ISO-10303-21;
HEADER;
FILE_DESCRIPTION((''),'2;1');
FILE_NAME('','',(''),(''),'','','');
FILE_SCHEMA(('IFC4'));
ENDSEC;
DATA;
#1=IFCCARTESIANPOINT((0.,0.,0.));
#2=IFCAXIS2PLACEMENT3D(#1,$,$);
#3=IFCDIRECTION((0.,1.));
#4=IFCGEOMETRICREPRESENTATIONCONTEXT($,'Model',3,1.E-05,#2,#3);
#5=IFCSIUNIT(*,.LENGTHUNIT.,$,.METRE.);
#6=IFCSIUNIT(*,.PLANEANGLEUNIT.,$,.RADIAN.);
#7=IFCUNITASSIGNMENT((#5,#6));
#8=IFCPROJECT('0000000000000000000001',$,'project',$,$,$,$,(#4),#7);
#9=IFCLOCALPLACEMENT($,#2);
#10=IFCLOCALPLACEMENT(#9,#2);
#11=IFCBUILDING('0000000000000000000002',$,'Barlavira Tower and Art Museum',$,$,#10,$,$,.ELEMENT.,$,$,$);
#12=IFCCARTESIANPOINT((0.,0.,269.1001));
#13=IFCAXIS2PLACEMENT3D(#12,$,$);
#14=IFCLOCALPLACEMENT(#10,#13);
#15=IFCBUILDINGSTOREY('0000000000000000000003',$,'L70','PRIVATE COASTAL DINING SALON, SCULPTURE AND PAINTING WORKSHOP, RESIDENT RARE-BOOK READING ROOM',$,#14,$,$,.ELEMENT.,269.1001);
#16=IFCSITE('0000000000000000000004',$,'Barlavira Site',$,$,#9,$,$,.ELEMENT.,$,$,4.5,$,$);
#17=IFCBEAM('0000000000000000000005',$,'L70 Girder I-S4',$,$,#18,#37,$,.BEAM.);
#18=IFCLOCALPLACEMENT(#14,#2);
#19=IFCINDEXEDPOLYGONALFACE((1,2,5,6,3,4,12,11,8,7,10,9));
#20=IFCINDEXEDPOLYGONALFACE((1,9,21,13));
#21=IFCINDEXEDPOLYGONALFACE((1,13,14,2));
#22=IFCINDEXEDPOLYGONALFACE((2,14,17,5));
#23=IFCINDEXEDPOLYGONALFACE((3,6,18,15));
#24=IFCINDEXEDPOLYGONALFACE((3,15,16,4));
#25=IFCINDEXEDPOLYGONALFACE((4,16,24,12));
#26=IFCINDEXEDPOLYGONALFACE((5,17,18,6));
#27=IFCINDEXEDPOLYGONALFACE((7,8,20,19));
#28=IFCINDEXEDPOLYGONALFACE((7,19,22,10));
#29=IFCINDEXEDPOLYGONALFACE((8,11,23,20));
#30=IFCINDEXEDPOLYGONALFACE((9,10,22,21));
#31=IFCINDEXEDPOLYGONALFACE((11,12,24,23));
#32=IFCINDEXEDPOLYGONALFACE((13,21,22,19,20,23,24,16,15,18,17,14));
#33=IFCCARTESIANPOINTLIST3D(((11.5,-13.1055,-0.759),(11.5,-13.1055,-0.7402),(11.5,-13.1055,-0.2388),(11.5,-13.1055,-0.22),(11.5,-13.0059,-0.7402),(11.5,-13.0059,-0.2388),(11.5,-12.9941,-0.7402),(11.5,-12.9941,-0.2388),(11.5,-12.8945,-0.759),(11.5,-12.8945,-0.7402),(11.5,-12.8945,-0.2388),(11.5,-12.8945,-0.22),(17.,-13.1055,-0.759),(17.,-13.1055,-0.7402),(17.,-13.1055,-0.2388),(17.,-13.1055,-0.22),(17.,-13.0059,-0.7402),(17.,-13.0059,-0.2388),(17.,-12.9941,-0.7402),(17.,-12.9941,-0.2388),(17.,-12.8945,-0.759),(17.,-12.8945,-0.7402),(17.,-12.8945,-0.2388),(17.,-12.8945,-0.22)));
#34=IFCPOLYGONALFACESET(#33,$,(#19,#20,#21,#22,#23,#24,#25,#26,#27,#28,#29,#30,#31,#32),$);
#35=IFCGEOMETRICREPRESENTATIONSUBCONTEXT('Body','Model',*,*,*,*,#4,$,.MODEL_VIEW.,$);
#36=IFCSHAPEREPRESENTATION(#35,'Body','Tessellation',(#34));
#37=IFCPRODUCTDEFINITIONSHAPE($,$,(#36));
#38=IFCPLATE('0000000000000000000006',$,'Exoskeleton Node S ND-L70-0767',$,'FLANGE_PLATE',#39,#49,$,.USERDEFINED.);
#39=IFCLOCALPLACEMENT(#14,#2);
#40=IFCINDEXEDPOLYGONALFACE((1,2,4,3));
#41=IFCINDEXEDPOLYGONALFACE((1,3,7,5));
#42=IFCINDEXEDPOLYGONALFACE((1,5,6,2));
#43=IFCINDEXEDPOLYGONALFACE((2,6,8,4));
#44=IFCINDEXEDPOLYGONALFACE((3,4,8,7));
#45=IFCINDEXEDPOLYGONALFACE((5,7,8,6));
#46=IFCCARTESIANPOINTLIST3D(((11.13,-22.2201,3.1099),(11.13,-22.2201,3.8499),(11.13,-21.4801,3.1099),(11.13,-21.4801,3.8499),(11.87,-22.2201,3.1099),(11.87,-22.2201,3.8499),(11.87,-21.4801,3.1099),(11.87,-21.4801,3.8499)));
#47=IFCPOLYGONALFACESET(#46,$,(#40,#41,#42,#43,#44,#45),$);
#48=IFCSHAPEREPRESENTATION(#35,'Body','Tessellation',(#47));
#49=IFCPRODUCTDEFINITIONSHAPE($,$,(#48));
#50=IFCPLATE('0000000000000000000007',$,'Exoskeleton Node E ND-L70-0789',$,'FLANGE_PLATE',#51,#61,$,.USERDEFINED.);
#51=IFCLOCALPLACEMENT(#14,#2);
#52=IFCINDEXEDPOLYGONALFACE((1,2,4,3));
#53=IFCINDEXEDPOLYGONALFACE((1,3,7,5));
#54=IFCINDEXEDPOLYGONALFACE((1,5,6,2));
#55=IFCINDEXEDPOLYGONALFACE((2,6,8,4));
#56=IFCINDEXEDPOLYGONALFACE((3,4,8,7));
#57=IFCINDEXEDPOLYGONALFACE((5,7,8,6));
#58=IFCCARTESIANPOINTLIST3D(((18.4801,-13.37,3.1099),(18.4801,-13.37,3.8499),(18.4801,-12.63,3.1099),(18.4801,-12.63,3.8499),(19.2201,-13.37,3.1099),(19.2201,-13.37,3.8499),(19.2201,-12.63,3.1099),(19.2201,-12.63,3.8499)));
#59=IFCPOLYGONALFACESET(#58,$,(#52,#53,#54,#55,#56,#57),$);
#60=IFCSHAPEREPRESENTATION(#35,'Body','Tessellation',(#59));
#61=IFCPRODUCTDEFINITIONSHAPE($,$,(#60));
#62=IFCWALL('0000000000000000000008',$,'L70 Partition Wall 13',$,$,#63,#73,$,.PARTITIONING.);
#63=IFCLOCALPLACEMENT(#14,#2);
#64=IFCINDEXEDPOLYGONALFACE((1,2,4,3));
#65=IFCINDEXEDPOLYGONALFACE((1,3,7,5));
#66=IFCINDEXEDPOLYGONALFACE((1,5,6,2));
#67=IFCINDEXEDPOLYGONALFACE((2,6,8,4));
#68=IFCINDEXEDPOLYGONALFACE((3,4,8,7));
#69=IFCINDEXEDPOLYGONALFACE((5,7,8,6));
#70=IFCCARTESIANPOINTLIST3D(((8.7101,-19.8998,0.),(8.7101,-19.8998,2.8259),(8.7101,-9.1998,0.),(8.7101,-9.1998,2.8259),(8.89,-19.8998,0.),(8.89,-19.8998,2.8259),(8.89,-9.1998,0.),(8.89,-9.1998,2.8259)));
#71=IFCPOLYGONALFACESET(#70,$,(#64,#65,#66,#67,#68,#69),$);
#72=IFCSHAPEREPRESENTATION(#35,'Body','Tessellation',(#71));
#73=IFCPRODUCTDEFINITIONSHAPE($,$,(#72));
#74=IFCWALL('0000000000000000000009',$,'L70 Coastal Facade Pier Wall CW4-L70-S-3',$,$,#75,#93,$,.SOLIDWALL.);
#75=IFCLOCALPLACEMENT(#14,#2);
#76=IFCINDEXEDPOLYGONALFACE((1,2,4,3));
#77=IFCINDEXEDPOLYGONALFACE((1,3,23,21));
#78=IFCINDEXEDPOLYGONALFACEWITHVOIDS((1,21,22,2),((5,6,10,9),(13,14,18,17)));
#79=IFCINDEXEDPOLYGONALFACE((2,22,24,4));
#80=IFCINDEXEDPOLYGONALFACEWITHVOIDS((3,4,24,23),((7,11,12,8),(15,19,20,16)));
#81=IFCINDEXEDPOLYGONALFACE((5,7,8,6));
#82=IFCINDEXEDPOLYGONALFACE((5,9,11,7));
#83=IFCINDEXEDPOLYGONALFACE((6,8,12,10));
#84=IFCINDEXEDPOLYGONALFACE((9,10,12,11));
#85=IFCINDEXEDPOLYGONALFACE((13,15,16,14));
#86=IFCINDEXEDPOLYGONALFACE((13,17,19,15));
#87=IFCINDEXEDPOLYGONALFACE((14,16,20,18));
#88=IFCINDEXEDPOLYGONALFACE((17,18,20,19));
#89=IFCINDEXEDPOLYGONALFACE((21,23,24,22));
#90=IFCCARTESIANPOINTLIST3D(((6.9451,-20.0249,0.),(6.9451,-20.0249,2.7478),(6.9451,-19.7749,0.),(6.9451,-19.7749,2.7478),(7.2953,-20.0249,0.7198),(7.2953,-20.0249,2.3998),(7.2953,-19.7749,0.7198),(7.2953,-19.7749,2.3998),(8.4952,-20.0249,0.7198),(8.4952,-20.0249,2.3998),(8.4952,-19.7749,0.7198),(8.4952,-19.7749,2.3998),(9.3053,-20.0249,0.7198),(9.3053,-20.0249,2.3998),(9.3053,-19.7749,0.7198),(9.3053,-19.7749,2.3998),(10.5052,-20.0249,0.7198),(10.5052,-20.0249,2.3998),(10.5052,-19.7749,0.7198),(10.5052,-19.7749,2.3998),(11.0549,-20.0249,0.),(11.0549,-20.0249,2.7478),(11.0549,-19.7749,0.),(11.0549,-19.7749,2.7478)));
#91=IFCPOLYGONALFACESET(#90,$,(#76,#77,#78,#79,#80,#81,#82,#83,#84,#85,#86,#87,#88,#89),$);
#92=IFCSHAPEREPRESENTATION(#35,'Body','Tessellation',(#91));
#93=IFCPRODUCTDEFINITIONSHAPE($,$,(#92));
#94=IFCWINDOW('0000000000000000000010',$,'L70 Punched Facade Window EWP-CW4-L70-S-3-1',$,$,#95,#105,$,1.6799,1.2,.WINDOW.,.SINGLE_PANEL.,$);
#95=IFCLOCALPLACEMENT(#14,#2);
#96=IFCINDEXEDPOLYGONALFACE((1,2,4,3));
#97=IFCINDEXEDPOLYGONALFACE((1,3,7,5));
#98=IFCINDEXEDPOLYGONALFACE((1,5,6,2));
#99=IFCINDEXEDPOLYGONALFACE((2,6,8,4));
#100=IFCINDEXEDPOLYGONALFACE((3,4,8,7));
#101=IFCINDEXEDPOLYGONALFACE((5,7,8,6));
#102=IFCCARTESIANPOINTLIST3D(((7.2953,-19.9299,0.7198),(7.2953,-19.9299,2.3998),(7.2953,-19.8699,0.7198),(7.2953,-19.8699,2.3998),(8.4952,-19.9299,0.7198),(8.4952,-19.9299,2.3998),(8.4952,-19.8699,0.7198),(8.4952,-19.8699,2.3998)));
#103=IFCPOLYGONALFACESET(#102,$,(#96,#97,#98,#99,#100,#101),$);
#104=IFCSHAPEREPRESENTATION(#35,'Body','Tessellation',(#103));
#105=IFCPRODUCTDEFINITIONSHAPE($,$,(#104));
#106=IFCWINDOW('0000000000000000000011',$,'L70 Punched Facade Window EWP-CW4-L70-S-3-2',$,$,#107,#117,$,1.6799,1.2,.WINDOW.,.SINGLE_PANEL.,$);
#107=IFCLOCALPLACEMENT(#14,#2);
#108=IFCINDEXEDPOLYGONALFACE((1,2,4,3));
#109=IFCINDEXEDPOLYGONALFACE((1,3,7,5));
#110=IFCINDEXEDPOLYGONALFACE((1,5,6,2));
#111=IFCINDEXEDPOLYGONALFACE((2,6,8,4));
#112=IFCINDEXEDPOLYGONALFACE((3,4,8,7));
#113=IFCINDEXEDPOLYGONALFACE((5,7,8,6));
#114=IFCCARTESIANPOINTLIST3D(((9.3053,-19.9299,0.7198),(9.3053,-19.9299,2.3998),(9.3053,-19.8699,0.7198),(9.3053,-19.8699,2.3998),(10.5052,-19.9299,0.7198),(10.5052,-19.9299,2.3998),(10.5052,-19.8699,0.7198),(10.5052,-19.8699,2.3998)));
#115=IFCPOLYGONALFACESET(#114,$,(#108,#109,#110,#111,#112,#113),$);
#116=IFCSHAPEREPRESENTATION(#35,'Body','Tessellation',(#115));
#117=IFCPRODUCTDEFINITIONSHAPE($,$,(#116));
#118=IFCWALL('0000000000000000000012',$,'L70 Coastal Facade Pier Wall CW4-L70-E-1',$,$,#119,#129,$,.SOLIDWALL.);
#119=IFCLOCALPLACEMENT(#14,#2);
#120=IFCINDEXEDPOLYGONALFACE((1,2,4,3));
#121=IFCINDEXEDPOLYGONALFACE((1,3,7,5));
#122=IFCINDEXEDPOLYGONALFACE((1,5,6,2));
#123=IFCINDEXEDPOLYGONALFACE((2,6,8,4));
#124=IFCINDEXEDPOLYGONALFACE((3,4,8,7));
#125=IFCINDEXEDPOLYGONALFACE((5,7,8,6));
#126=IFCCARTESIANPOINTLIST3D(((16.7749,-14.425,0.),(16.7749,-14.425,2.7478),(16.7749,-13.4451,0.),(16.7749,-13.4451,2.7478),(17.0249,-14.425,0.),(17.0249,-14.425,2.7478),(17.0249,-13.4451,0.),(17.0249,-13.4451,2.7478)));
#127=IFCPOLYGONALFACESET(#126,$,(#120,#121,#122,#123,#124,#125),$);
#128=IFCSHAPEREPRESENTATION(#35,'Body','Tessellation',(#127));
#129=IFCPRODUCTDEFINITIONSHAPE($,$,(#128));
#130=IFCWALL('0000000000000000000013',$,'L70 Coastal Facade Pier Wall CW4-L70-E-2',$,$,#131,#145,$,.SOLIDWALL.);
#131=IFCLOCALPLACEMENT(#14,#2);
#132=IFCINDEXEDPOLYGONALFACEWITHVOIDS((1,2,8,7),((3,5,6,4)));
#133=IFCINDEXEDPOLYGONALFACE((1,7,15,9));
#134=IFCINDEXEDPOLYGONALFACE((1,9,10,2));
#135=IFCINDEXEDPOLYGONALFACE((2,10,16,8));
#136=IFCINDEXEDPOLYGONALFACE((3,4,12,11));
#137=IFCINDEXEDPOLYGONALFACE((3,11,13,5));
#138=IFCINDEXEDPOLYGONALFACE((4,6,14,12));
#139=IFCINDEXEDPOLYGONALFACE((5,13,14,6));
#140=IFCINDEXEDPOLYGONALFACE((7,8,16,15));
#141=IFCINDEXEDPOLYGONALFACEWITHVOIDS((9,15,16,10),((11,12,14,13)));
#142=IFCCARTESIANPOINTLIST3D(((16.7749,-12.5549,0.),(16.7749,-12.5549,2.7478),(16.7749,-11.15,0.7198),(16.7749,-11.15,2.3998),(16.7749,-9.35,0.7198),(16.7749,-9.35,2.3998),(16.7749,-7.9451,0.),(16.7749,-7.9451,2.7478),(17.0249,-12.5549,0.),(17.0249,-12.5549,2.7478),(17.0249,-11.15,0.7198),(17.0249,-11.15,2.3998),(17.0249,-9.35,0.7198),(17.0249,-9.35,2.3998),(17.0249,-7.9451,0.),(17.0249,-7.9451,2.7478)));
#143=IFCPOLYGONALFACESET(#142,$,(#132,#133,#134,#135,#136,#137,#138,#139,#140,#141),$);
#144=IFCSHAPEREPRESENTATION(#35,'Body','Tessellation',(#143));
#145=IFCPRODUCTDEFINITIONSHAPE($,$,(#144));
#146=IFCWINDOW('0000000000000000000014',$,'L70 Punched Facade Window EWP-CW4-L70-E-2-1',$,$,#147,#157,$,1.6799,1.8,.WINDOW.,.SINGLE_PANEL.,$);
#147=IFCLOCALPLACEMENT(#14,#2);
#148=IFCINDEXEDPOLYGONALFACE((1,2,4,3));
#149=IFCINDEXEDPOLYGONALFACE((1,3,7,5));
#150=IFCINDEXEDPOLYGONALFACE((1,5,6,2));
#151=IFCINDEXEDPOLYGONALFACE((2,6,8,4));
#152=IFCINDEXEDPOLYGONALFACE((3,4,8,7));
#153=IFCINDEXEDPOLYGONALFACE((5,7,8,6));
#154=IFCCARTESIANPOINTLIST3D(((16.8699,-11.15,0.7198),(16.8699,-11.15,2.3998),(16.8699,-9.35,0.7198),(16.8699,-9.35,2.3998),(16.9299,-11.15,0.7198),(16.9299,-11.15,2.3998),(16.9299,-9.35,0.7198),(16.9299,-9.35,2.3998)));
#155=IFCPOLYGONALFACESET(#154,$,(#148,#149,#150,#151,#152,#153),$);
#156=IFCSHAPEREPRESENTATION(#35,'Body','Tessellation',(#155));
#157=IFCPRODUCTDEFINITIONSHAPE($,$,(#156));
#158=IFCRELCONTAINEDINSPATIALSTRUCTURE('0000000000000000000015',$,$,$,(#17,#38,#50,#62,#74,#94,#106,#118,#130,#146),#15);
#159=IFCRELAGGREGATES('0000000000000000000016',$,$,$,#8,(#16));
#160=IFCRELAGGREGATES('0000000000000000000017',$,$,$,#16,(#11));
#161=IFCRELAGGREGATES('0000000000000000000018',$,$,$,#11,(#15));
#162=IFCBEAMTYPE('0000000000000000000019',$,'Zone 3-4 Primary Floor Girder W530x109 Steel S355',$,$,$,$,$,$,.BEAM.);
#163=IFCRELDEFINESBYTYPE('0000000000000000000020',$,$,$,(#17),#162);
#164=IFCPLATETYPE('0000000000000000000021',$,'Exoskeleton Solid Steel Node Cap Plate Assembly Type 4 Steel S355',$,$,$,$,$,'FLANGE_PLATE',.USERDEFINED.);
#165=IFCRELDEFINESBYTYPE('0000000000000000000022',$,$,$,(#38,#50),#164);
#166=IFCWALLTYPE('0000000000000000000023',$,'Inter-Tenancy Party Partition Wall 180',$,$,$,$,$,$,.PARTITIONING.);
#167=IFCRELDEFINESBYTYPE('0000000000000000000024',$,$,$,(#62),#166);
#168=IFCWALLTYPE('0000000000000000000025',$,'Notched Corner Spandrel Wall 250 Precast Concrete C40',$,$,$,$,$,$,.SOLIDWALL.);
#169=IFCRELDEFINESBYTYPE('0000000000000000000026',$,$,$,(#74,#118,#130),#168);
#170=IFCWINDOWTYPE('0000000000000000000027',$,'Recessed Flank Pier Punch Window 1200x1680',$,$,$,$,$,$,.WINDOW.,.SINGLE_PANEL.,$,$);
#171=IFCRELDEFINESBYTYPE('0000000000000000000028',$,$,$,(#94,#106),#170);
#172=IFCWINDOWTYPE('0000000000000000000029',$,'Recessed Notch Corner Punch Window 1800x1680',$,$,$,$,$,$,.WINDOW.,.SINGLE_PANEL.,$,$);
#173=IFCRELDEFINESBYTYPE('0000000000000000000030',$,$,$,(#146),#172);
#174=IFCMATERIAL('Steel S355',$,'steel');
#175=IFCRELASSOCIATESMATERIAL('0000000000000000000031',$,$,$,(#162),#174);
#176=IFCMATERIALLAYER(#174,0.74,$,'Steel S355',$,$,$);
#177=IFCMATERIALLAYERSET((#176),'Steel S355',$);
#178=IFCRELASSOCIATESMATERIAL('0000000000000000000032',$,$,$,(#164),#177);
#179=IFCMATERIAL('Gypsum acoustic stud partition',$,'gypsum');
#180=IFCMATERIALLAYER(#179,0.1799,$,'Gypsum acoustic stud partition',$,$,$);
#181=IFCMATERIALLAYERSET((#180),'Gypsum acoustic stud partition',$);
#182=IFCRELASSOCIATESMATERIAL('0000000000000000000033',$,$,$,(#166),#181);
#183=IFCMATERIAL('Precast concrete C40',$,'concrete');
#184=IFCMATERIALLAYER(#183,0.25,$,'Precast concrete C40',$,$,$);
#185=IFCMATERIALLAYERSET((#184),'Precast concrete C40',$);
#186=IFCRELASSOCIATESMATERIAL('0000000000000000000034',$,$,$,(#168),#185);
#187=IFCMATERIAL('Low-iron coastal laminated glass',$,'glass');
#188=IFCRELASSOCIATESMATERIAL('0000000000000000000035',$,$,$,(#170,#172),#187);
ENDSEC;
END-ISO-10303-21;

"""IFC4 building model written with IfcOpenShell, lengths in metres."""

from ifc_helpers import new_model, si_unit, direction, frame, frame_2d, origin, origin_2d, place, context, subcontext, project, spatial, rectangle, i_section, extrude, material, layer, layer_set, material_profile, profile_set, type_object, element, fill, save


model = new_model("IFC4")

# Units and contexts
model_context = context("Model", 3, precision=1e-05, world=origin(), true_north=direction((0.0, 1.0)))
body_context = subcontext(model_context, "Body", "Model", "MODEL_VIEW")
ifc_project = project(units=[si_unit("LENGTHUNIT", "METRE"), si_unit("PLANEANGLEUNIT", "RADIAN")], contexts=[model_context])

# Site, building, storey
site_placement = place(None, origin())
site = spatial("IfcSite", under=ifc_project, at=site_placement, Name="Barlavira Site", CompositionType="ELEMENT", RefElevation=4.5)
building_placement = place(site_placement, origin())
building = spatial("IfcBuilding", under=site, at=building_placement, Name="Barlavira Tower and Art Museum", CompositionType="ELEMENT")
storey_placement = place(building_placement, frame((0.0, 0.0, 269.1001)))
storey = spatial("IfcBuildingStorey", under=building, at=storey_placement, Name="L70", Description="PRIVATE COASTAL DINING SALON, SCULPTURE AND PAINTING WORKSHOP, RESIDENT RARE-BOOK READING ROOM", CompositionType="ELEMENT", Elevation=269.1001)

# Shared definitions
ifc_material_1 = material(Name="Steel S355", Category="steel")

# Beam
ifc_material_profile_1 = material_profile(ifc_material_1, i_section(OverallWidth=0.2109, OverallDepth=0.5391, WebThickness=0.0117, FlangeThickness=0.0188, at=origin_2d()), Name="W530x109.0")
ifc_profile_set_1 = profile_set([ifc_material_profile_1], Name="Steel S355")
beam_type_1 = type_object("IfcBeamType", Name="Zone 3-4 Primary Floor Girder W530x109 Steel S355", PredefinedType="BEAM", material=ifc_profile_set_1)
beam_1_placement = place(storey_placement, frame((11.5, -13.0, -0.4895), z_axis=(1.0, 0.0, 0.0), x_axis=(0.0, 1.0, 0.0)))
element("IfcBeam", 1, at=beam_1_placement, inside=storey, type_object=beam_type_1, Name="L70 Girder I-S4", PredefinedType="BEAM", context=body_context, shape_type="SweptSolid", body=[
    extrude(i_section(OverallWidth=0.2109, OverallDepth=0.5391, WebThickness=0.0117, FlangeThickness=0.0188, at=origin_2d()), origin(), (0.0, 0.0, 1.0), 5.5),
])

# Plates
ifc_layer_1 = layer(ifc_material_1, 0.74, Name="Steel S355")
ifc_layer_set_1 = layer_set([ifc_layer_1], Name="Steel S355")
plate_type = type_object("IfcPlateType", Name="Exoskeleton Solid Steel Node Cap Plate Assembly Type 4 Steel S355", ElementType="FLANGE_PLATE", PredefinedType="USERDEFINED", material=ifc_layer_set_1)
for number, where, z_axis, x_axis, name in (
    (2, (11.5, -21.8501, 3.1099), (0.0, 0.0, 1.0), (1.0, 0.0, 0.0), "Exoskeleton Node S ND-L70-0767"),
    (3, (18.8501, -13.0, 3.1099), (0.0, 0.0, 1.0), (1.0, 0.0, 0.0), "Exoskeleton Node E ND-L70-0789"),
):
    element("IfcPlate", number, at=place(storey_placement, frame(where, z_axis=z_axis, x_axis=x_axis)), inside=storey, type_object=plate_type, Name=name, ObjectType="FLANGE_PLATE", PredefinedType="USERDEFINED", context=body_context, shape_type="SweptSolid", body=[
        extrude(rectangle(XDim=0.74, YDim=0.74, at=origin_2d()), origin(), (0.0, 0.0, 1.0), 0.74),
    ])

# Wall
ifc_material_2 = material(Name="Gypsum acoustic stud partition", Category="gypsum")
ifc_layer_2 = layer(ifc_material_2, 0.1799, Name="Gypsum acoustic stud partition")
ifc_layer_set_2 = layer_set([ifc_layer_2], Name="Gypsum acoustic stud partition")
wall_type_1 = type_object("IfcWallType", Name="Inter-Tenancy Party Partition Wall 180", PredefinedType="PARTITIONING", material=ifc_layer_set_2)
wall_1_placement = place(storey_placement, frame((8.8, -19.8999, 0.0), z_axis=(0.0, 0.0, 1.0), x_axis=(0.0, 1.0, 0.0)))
element("IfcWall", 4, at=wall_1_placement, inside=storey, type_object=wall_type_1, Name="L70 Partition Wall 13", PredefinedType="PARTITIONING", context=body_context, shape_type="SweptSolid", body=[
    extrude(rectangle(XDim=10.7, YDim=0.1799, at=frame_2d((5.3501, 0.0))), origin(), (0.0, 0.0, 1.0), 2.8259),
])

# Wall, openings, windows
ifc_material_3 = material(Name="Precast concrete C40", Category="concrete")
ifc_layer_3 = layer(ifc_material_3, 0.25, Name="Precast concrete C40")
ifc_layer_set_3 = layer_set([ifc_layer_3], Name="Precast concrete C40")
wall_type_2 = type_object("IfcWallType", Name="Notched Corner Spandrel Wall 250 Precast Concrete C40", PredefinedType="SOLIDWALL", material=ifc_layer_set_3)
wall_2_placement = place(storey_placement, frame((6.9451, -19.8999, 0.0), z_axis=(0.0, 0.0, 1.0), x_axis=(1.0, 0.0, 0.0)))
wall_2 = element("IfcWall", 5, at=wall_2_placement, inside=storey, type_object=wall_type_2, Name="L70 Coastal Facade Pier Wall CW4-L70-S-3", PredefinedType="SOLIDWALL", context=body_context, shape_type="SweptSolid", body=[
    extrude(rectangle(XDim=4.1099, YDim=0.25, at=frame_2d((2.0549, 0.0))), origin(), (0.0, 0.0, 1.0), 2.7478),
])
opening_1_placement = place(wall_2_placement, frame((0.3501, 0.0, 0.72)))
opening_1 = element("IfcOpeningElement", 6, at=opening_1_placement, cuts=wall_2, PredefinedType="OPENING", context=body_context, shape_type="SweptSolid", body=[
    extrude(rectangle(XDim=1.2, YDim=1.6799, at=frame_2d((0.6001, 0.8398))), frame((0.0, 0.135, 0.0), z_axis=(0.0, -1.0, 0.0), x_axis=(1.0, 0.0, 0.0)), (0.0, 0.0, 1.0), 0.27),
])
opening_2_placement = place(wall_2_placement, frame((2.3601, 0.0, 0.72)))
opening_2 = element("IfcOpeningElement", 7, at=opening_2_placement, cuts=wall_2, PredefinedType="OPENING", context=body_context, shape_type="SweptSolid", body=[
    extrude(rectangle(XDim=1.2, YDim=1.6799, at=frame_2d((0.6001, 0.8398))), frame((0.0, 0.135, 0.0), z_axis=(0.0, -1.0, 0.0), x_axis=(1.0, 0.0, 0.0)), (0.0, 0.0, 1.0), 0.27),
])
ifc_material_4 = material(Name="Low-iron coastal laminated glass", Category="glass")
window_type_1 = type_object("IfcWindowType", Name="Recessed Flank Pier Punch Window 1200x1680", PartitioningType="SINGLE_PANEL", PredefinedType="WINDOW", material=ifc_material_4)
window_1_placement = place(opening_1_placement, origin())
window_1 = element("IfcWindow", 8, at=window_1_placement, inside=storey, type_object=window_type_1, Name="L70 Punched Facade Window EWP-CW4-L70-S-3-1", OverallHeight=1.6799, OverallWidth=1.2, PartitioningType="SINGLE_PANEL", PredefinedType="WINDOW", context=body_context, shape_type="SweptSolid", body=[
    extrude(rectangle(XDim=1.2, YDim=1.6799, at=frame_2d((0.6001, 0.8398))), frame((0.0, 0.03, 0.0), z_axis=(0.0, -1.0, 0.0), x_axis=(1.0, 0.0, 0.0)), (0.0, 0.0, 1.0), 0.0601),
])
fill(opening_1, window_1)
window_2_placement = place(opening_2_placement, origin())
window_2 = element("IfcWindow", 9, at=window_2_placement, inside=storey, type_object=window_type_1, Name="L70 Punched Facade Window EWP-CW4-L70-S-3-2", OverallHeight=1.6799, OverallWidth=1.2, PartitioningType="SINGLE_PANEL", PredefinedType="WINDOW", context=body_context, shape_type="SweptSolid", body=[
    extrude(rectangle(XDim=1.2, YDim=1.6799, at=frame_2d((0.6001, 0.8398))), frame((0.0, 0.03, 0.0), z_axis=(0.0, -1.0, 0.0), x_axis=(1.0, 0.0, 0.0)), (0.0, 0.0, 1.0), 0.0601),
])
fill(opening_2, window_2)

# Wall
wall_3_placement = place(storey_placement, frame((16.8999, -14.425, 0.0), z_axis=(0.0, 0.0, 1.0), x_axis=(0.0, 1.0, 0.0)))
element("IfcWall", 10, at=wall_3_placement, inside=storey, type_object=wall_type_2, Name="L70 Coastal Facade Pier Wall CW4-L70-E-1", PredefinedType="SOLIDWALL", context=body_context, shape_type="SweptSolid", body=[
    extrude(rectangle(XDim=0.98, YDim=0.25, at=frame_2d((0.49, 0.0))), origin(), (0.0, 0.0, 1.0), 2.7478),
])

# Wall, opening, window
wall_4_placement = place(storey_placement, frame((16.8999, -12.5549, 0.0), z_axis=(0.0, 0.0, 1.0), x_axis=(0.0, 1.0, 0.0)))
wall_4 = element("IfcWall", 11, at=wall_4_placement, inside=storey, type_object=wall_type_2, Name="L70 Coastal Facade Pier Wall CW4-L70-E-2", PredefinedType="SOLIDWALL", context=body_context, shape_type="SweptSolid", body=[
    extrude(rectangle(XDim=4.6099, YDim=0.25, at=frame_2d((2.3049, 0.0))), origin(), (0.0, 0.0, 1.0), 2.7478),
])
opening_3_placement = place(wall_4_placement, frame((1.405, 0.0, 0.72)))
opening_3 = element("IfcOpeningElement", 12, at=opening_3_placement, cuts=wall_4, PredefinedType="OPENING", context=body_context, shape_type="SweptSolid", body=[
    extrude(rectangle(XDim=1.8, YDim=1.6799, at=frame_2d((0.8999, 0.8398))), frame((0.0, 0.135, 0.0), z_axis=(0.0, -1.0, 0.0), x_axis=(1.0, 0.0, 0.0)), (0.0, 0.0, 1.0), 0.27),
])
window_type_2 = type_object("IfcWindowType", Name="Recessed Notch Corner Punch Window 1800x1680", PartitioningType="SINGLE_PANEL", PredefinedType="WINDOW", material=ifc_material_4)
window_3_placement = place(opening_3_placement, origin())
window_3 = element("IfcWindow", 13, at=window_3_placement, inside=storey, type_object=window_type_2, Name="L70 Punched Facade Window EWP-CW4-L70-E-2-1", OverallHeight=1.6799, OverallWidth=1.8, PartitioningType="SINGLE_PANEL", PredefinedType="WINDOW", context=body_context, shape_type="SweptSolid", body=[
    extrude(rectangle(XDim=1.8, YDim=1.6799, at=frame_2d((0.8999, 0.8398))), frame((0.0, 0.03, 0.0), z_axis=(0.0, -1.0, 0.0), x_axis=(1.0, 0.0, 0.0)), (0.0, 0.0, 1.0), 0.0601),
])
fill(opening_3, window_3)

save(model, "model.ifc")
